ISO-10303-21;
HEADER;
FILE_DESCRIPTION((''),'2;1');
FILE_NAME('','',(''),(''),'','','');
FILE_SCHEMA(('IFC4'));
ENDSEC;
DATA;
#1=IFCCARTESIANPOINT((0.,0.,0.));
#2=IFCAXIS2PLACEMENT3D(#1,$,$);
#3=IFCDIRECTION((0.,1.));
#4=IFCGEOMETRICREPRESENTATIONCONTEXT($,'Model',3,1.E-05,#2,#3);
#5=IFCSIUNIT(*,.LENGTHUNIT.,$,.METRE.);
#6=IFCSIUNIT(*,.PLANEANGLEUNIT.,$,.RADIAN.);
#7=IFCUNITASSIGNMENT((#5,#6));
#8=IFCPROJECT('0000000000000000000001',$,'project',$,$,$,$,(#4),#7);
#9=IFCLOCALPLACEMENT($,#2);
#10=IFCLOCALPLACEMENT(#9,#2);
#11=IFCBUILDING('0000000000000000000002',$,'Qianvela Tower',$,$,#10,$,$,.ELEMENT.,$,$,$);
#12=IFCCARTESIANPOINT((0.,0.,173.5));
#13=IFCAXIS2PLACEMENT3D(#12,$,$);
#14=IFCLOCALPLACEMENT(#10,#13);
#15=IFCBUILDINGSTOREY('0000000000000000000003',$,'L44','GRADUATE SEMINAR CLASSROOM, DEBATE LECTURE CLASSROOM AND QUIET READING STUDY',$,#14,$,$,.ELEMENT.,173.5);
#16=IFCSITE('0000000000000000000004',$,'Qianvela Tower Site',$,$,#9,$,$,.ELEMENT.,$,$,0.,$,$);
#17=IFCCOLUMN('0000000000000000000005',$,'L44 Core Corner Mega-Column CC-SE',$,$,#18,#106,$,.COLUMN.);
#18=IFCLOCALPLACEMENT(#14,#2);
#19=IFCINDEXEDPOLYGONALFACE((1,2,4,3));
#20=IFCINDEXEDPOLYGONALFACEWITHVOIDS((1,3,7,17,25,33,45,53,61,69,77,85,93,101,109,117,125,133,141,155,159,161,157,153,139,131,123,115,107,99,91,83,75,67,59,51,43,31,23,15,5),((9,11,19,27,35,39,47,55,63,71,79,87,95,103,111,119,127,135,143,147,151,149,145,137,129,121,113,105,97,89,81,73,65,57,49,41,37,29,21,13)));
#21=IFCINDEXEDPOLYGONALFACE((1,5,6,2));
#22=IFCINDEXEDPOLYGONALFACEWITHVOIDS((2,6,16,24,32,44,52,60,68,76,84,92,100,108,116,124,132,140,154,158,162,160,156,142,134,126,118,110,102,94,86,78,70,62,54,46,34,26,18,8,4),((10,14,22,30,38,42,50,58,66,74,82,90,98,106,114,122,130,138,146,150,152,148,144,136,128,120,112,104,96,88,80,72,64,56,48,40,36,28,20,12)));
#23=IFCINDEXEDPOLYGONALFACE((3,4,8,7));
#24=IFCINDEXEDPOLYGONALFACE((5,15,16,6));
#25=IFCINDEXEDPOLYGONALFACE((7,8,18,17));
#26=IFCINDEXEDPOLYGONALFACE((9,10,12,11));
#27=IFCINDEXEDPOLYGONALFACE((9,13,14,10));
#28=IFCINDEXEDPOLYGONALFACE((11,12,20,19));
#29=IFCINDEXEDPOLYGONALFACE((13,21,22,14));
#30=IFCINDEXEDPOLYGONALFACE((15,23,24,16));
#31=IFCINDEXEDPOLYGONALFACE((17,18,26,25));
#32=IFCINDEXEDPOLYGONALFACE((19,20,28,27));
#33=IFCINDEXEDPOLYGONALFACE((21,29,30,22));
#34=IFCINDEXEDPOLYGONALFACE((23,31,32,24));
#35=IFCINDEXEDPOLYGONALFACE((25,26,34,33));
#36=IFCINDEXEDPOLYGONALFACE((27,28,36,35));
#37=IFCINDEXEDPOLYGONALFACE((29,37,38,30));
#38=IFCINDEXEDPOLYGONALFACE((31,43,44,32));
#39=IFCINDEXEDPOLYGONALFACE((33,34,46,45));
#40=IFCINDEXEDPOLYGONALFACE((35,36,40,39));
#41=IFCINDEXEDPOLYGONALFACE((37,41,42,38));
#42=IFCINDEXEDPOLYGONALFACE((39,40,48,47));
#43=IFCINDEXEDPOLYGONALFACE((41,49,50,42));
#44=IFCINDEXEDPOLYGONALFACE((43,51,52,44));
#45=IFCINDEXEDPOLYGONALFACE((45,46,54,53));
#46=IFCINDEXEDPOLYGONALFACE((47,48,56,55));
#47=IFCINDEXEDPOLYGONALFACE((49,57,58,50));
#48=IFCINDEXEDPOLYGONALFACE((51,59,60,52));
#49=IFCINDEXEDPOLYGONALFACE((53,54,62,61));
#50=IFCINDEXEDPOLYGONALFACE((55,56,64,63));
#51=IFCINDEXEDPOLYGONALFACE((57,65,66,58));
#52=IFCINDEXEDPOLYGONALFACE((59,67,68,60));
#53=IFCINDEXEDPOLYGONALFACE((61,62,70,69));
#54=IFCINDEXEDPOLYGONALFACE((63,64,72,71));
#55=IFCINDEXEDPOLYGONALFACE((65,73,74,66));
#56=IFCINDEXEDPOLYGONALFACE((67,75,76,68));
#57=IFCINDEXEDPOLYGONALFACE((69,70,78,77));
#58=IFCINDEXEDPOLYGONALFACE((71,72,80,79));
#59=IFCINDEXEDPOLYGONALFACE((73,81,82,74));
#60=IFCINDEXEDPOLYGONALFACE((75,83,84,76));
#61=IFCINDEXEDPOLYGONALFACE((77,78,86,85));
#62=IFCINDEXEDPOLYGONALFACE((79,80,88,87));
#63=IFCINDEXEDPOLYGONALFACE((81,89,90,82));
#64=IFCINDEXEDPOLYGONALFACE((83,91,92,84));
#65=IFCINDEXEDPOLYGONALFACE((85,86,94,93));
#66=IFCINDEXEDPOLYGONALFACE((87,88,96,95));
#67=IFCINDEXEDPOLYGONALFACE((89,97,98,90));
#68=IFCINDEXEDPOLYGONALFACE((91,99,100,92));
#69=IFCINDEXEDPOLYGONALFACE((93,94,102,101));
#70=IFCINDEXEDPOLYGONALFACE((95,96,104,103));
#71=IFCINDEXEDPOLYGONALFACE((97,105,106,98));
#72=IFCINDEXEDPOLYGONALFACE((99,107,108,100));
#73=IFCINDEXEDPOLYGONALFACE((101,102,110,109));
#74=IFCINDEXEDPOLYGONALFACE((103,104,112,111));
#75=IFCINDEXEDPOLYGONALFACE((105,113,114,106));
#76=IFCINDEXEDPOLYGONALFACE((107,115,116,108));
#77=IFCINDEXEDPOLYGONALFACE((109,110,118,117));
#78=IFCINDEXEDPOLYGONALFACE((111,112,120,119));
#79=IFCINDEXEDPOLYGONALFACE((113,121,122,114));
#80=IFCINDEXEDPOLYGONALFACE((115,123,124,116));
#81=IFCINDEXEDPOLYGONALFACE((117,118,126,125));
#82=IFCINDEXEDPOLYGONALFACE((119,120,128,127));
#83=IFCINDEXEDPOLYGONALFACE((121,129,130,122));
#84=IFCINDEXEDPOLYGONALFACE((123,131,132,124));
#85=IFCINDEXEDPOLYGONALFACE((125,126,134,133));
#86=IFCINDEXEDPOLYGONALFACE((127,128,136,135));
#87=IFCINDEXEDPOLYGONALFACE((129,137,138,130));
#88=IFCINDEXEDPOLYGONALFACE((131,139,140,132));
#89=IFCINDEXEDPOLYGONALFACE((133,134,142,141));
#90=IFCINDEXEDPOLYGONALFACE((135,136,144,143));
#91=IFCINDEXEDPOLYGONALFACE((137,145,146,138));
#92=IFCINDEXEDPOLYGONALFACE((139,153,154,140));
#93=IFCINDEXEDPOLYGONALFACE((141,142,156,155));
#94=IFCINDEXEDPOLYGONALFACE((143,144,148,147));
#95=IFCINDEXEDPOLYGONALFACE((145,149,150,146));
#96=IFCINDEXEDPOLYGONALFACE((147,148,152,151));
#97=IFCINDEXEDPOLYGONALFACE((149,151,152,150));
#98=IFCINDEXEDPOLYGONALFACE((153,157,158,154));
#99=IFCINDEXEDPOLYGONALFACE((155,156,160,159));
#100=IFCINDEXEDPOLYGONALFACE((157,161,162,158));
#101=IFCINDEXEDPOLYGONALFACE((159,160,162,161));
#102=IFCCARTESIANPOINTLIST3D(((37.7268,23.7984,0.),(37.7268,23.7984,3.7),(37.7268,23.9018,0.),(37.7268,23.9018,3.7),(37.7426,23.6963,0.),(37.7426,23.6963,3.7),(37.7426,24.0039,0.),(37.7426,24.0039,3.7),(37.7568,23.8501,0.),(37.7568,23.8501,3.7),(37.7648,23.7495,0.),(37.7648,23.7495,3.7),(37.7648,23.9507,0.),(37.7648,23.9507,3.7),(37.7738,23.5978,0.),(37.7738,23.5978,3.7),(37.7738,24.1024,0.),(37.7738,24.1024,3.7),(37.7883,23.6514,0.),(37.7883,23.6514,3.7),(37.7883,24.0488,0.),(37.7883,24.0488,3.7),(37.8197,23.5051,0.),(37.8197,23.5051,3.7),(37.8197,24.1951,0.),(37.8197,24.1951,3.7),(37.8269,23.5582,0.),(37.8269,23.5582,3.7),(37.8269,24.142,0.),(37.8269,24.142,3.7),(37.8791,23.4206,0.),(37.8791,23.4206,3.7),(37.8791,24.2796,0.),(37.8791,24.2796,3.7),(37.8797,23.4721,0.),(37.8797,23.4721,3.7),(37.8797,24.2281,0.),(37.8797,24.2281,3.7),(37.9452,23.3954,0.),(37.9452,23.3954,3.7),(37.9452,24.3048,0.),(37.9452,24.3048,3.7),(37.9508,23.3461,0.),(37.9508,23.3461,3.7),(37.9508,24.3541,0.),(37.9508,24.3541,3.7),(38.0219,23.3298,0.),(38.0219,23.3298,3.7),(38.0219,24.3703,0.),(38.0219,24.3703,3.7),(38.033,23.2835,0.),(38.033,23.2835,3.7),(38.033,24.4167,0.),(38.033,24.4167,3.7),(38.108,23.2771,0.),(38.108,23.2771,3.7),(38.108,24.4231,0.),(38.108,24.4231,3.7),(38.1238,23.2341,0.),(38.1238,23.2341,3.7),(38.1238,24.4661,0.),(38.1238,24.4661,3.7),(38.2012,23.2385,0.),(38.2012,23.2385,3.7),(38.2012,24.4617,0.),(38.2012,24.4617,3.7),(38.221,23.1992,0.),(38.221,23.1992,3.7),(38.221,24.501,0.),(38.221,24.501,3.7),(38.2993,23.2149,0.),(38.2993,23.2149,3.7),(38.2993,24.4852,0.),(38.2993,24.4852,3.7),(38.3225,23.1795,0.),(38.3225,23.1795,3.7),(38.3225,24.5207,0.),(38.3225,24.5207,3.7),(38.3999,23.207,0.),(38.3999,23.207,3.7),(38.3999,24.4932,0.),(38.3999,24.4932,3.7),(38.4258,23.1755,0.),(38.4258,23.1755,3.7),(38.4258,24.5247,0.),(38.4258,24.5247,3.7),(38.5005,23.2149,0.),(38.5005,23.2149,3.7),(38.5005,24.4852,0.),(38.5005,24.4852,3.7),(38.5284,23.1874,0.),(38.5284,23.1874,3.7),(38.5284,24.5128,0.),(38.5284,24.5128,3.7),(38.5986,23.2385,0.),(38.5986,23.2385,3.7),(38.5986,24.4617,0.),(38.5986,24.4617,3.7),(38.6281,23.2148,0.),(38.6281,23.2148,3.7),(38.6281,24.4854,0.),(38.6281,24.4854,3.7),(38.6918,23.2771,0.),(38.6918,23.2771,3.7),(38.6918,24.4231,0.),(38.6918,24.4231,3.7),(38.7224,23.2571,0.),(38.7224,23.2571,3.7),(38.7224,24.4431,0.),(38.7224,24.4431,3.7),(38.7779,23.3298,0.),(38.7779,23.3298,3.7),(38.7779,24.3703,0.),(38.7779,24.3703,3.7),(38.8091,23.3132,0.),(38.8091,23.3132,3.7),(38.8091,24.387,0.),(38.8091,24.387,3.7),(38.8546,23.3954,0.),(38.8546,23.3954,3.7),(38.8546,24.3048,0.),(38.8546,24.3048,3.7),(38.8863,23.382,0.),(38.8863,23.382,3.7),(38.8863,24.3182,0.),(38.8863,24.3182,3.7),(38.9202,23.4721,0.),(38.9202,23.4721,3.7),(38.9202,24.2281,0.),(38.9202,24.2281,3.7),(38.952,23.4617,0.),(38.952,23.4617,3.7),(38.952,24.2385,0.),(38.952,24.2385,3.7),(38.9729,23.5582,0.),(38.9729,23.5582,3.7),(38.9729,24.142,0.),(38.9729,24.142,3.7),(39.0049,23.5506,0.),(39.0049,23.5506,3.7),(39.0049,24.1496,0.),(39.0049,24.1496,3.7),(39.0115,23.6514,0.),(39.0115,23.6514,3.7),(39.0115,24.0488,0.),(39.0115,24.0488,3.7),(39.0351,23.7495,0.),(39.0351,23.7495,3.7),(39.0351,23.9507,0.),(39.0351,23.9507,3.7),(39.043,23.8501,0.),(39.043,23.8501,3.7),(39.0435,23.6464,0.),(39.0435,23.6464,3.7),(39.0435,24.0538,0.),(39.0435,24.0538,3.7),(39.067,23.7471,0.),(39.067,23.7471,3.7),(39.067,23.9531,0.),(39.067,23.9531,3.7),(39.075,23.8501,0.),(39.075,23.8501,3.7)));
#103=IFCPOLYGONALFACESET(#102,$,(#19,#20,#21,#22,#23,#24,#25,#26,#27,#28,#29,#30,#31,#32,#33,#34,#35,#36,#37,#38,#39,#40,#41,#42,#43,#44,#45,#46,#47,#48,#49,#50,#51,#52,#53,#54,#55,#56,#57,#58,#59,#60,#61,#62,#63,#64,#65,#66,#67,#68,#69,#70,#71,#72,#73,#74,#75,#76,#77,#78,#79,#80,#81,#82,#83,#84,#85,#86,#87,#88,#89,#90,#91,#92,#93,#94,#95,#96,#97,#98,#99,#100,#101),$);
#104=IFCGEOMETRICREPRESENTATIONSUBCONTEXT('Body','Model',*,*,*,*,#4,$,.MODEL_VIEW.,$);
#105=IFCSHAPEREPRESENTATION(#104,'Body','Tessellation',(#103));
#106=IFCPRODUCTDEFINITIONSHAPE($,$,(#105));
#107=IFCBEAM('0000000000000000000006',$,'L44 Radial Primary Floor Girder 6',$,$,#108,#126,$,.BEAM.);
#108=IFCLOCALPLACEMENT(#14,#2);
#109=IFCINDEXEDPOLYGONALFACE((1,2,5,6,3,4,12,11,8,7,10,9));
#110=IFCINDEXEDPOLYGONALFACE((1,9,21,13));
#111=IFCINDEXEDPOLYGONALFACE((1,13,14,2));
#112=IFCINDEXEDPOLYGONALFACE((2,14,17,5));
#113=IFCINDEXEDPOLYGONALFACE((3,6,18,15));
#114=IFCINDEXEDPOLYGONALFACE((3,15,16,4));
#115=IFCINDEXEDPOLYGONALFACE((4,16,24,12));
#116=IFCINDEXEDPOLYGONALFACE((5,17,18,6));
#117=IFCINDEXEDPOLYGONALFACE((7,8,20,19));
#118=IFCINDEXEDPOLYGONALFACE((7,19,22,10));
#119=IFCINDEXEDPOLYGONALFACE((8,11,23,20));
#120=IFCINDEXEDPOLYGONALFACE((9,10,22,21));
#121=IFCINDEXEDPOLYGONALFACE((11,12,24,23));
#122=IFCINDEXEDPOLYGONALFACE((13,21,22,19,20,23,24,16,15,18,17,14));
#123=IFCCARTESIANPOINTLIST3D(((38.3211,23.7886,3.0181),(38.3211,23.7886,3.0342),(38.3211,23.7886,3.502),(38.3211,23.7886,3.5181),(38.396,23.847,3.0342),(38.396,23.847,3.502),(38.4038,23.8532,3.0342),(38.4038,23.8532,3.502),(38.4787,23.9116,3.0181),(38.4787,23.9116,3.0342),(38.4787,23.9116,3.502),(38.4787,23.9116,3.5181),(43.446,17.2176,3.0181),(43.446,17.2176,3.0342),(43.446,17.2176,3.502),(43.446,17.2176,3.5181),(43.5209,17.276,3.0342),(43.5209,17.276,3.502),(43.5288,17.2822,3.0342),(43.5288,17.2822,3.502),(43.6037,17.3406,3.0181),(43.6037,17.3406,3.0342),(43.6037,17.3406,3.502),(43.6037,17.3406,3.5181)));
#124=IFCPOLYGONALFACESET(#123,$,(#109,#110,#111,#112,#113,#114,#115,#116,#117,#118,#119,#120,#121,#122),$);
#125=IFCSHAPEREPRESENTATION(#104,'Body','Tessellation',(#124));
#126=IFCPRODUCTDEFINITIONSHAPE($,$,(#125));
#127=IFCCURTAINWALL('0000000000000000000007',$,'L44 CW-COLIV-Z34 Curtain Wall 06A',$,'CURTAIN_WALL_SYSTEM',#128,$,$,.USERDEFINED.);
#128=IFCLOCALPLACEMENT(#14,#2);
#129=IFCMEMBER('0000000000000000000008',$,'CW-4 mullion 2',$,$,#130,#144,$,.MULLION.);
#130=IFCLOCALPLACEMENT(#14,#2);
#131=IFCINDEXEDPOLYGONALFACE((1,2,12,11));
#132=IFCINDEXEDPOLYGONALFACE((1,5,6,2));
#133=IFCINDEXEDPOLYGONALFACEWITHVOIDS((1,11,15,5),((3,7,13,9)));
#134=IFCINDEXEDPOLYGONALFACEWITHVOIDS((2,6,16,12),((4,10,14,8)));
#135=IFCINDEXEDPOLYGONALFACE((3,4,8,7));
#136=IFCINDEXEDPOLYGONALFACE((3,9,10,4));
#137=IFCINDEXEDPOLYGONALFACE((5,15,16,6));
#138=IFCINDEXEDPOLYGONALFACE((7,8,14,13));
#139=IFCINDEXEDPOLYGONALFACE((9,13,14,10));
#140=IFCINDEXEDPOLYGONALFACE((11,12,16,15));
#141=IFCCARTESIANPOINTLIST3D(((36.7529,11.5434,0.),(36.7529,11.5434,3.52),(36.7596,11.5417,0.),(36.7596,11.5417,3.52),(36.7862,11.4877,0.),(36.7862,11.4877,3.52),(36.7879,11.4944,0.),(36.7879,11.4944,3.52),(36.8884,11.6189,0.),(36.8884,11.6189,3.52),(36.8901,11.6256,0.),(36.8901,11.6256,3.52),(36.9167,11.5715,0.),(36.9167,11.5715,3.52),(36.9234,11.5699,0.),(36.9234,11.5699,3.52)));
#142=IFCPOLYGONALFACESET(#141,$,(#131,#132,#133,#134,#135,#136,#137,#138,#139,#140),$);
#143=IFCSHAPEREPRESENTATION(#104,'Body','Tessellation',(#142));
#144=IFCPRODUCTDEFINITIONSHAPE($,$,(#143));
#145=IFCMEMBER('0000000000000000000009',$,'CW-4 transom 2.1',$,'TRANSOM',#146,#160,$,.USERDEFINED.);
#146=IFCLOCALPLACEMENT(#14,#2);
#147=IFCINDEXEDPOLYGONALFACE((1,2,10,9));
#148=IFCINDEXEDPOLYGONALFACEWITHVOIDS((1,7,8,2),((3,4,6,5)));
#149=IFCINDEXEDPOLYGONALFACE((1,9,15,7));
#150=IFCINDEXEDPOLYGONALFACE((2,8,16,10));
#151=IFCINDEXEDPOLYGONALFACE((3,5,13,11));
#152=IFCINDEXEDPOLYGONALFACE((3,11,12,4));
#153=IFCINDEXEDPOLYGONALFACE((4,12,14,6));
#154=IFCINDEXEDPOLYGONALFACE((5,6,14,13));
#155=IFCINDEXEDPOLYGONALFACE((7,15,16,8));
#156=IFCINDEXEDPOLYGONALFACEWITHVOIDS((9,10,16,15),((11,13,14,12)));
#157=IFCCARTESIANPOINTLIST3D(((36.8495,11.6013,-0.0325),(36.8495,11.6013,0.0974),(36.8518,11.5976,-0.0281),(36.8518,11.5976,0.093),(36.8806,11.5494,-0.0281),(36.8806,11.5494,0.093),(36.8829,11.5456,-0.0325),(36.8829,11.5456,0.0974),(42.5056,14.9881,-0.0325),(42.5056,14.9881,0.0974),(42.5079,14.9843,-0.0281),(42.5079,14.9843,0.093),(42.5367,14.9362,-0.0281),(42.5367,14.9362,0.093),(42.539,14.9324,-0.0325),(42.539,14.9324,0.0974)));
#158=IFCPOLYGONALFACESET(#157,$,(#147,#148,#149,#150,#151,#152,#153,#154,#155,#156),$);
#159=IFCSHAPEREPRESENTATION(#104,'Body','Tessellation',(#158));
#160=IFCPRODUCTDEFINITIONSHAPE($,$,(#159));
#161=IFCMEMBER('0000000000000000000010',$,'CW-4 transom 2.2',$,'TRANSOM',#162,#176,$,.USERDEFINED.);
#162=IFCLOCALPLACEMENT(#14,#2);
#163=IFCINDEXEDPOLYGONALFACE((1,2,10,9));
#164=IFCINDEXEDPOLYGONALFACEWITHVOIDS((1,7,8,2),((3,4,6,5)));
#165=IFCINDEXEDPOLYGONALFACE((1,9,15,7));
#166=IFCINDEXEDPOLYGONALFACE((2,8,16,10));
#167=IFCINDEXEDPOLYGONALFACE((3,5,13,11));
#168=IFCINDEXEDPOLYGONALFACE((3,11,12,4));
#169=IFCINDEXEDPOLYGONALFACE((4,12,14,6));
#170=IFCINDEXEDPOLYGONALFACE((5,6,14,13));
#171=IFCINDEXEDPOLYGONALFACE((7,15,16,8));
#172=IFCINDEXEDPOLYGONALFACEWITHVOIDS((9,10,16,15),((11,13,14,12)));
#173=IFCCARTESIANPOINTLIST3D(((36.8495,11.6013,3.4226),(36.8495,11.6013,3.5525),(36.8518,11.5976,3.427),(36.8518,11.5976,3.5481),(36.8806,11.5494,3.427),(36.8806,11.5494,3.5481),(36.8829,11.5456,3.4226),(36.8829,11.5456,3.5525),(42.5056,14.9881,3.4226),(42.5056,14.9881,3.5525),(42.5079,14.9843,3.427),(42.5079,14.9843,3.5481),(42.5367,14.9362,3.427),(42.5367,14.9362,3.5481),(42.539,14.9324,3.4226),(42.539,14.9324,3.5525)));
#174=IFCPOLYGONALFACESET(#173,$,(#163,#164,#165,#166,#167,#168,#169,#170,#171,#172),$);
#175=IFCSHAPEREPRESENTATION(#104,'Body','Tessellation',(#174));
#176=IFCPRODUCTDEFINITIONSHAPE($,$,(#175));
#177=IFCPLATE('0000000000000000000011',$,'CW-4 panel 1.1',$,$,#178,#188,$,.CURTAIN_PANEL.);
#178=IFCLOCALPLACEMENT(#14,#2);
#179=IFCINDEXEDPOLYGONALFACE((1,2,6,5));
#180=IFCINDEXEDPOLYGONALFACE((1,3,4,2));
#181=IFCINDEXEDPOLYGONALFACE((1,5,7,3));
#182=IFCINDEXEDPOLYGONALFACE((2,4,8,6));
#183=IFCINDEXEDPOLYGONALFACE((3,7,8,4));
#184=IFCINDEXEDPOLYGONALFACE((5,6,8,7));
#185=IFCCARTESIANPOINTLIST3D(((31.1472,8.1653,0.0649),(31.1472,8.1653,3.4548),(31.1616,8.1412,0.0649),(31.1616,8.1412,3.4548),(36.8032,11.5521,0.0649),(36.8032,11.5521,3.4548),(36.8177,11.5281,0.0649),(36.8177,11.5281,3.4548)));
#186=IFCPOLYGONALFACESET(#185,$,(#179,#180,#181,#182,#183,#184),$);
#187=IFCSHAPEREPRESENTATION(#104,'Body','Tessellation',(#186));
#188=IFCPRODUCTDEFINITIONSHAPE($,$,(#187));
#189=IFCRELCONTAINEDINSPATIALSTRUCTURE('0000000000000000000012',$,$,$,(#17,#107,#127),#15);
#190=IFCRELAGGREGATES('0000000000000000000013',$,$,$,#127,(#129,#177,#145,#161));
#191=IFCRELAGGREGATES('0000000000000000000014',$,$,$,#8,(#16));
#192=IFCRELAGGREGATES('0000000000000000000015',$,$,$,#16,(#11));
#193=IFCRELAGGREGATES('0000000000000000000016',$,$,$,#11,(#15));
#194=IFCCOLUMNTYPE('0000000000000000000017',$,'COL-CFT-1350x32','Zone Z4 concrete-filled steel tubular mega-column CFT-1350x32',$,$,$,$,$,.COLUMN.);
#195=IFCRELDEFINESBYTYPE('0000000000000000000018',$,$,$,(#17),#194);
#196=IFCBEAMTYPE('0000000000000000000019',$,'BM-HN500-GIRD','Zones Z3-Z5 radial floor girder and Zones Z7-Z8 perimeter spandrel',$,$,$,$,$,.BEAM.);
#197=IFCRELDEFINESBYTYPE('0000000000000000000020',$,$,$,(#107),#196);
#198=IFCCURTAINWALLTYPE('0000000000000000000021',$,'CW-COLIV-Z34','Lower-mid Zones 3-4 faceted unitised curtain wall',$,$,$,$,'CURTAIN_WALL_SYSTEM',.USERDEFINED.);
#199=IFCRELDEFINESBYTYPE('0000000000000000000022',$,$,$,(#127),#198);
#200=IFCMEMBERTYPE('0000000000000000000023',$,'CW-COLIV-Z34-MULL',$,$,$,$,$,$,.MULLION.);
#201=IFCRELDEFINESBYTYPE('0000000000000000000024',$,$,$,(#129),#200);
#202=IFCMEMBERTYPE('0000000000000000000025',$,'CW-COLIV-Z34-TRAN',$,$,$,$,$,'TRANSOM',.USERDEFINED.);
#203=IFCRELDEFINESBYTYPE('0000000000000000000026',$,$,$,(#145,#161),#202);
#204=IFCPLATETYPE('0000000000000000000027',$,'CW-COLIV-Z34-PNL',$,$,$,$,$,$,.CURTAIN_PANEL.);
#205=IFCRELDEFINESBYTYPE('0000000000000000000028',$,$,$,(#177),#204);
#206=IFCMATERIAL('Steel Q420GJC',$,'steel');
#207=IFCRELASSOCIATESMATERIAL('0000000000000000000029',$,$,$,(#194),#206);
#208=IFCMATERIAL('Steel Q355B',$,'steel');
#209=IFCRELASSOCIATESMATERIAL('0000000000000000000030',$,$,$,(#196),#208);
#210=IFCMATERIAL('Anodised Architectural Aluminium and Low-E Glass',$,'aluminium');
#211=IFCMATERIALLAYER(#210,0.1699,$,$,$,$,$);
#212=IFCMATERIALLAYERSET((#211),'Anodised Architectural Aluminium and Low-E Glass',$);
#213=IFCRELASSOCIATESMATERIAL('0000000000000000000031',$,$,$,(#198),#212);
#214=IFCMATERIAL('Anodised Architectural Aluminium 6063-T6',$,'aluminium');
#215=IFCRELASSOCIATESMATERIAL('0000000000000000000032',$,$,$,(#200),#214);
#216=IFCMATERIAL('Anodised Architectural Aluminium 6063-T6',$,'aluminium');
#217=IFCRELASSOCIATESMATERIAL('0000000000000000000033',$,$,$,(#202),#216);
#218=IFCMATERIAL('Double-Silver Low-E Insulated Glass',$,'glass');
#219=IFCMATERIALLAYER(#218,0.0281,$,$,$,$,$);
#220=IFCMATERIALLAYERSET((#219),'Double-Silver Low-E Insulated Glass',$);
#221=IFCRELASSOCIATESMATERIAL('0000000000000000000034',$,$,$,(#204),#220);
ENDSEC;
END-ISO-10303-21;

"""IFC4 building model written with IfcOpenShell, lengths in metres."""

from ifc_helpers import new_model, si_unit, direction, frame, origin, origin_2d, place, context, subcontext, project, spatial, rectangle, hollow_rectangle, hollow_circle, i_section, extrude, material, layer, layer_set, material_profile, profile_set, type_object, element, aggregate, save


model = new_model("IFC4")

# Units and contexts
model_context = context("Model", 3, precision=1e-05, world=origin(), true_north=direction((0.0, 1.0)))
body_context = subcontext(model_context, "Body", "Model", "MODEL_VIEW")
ifc_project = project(units=[si_unit("LENGTHUNIT", "METRE"), si_unit("PLANEANGLEUNIT", "RADIAN")], contexts=[model_context])

# Site, building, storey
site_placement = place(None, origin())
site = spatial("IfcSite", under=ifc_project, at=site_placement, Name="Qianvela Tower Site", CompositionType="ELEMENT", RefElevation=0.0)
building_placement = place(site_placement, origin())
building = spatial("IfcBuilding", under=site, at=building_placement, Name="Qianvela Tower", CompositionType="ELEMENT")
storey_placement = place(building_placement, frame((0.0, 0.0, 173.5)))
storey = spatial("IfcBuildingStorey", under=building, at=storey_placement, Name="L44", Description="GRADUATE SEMINAR CLASSROOM, DEBATE LECTURE CLASSROOM AND QUIET READING STUDY", CompositionType="ELEMENT", Elevation=173.5)

# Column
ifc_material_1 = material(Name="Steel Q420GJC", Category="steel")
ifc_material_profile_1 = material_profile(ifc_material_1, hollow_circle(Radius=0.675, WallThickness=0.032, at=origin_2d()), Name="CFT-1350x32")
ifc_profile_set_1 = profile_set([ifc_material_profile_1], Name="Steel Q420GJC")
column_type = type_object("IfcColumnType", Name="COL-CFT-1350x32", Description="Zone Z4 concrete-filled steel tubular mega-column CFT-1350x32", PredefinedType="COLUMN", material=ifc_profile_set_1)
column_placement = place(storey_placement, frame((38.3999, 23.8501, 0.0), z_axis=(0.0, 0.0, 1.0), x_axis=(1.0, 0.0, 0.0)))
element("IfcColumn", 1, at=column_placement, inside=storey, type_object=column_type, Name="L44 Core Corner Mega-Column CC-SE", PredefinedType="COLUMN", context=body_context, shape_type="SweptSolid", body=[
    extrude(hollow_circle(Radius=0.675, WallThickness=0.032, at=origin_2d()), origin(), (0.0, 0.0, 1.0), 3.7),
])

# Beam
ifc_material_2 = material(Name="Steel Q355B", Category="steel")
ifc_material_profile_2 = material_profile(ifc_material_2, i_section(OverallWidth=0.2, OverallDepth=0.5, WebThickness=0.01, FlangeThickness=0.0161, at=origin_2d()), Name="HN500x200x10x16")
ifc_profile_set_2 = profile_set([ifc_material_profile_2], Name="Steel Q355B")
beam_type = type_object("IfcBeamType", Name="BM-HN500-GIRD", Description="Zones Z3-Z5 radial floor girder and Zones Z7-Z8 perimeter spandrel", PredefinedType="BEAM", material=ifc_profile_set_2)
beam_placement = place(storey_placement, frame((38.3999, 23.8501, 3.2681), z_axis=(0.615001, -0.788526, 0.0), x_axis=(0.788526, 0.615001, 0.0)))
element("IfcBeam", 2, at=beam_placement, inside=storey, type_object=beam_type, Name="L44 Radial Primary Floor Girder 6", PredefinedType="BEAM", context=body_context, shape_type="SweptSolid", body=[
    extrude(i_section(OverallWidth=0.2, OverallDepth=0.5, WebThickness=0.01, FlangeThickness=0.0161, at=origin_2d()), origin(), (0.0, 0.0, 1.0), 8.3333),
])

# Curtain wall, members, plate
ifc_material_3 = material(Name="Anodised Architectural Aluminium and Low-E Glass", Category="aluminium")
ifc_layer_1 = layer(ifc_material_3, 0.1699)
ifc_layer_set_1 = layer_set([ifc_layer_1], Name="Anodised Architectural Aluminium and Low-E Glass")
curtain_wall_type = type_object("IfcCurtainWallType", Name="CW-COLIV-Z34", Description="Lower-mid Zones 3-4 faceted unitised curtain wall", ElementType="CURTAIN_WALL_SYSTEM", PredefinedType="USERDEFINED", material=ifc_layer_set_1)
curtain_wall_placement = place(storey_placement, origin())
curtain_wall = element("IfcCurtainWall", 3, at=curtain_wall_placement, inside=storey, type_object=curtain_wall_type, Name="L44 CW-COLIV-Z34 Curtain Wall 06A", ObjectType="CURTAIN_WALL_SYSTEM", PredefinedType="USERDEFINED")
ifc_material_4 = material(Name="Anodised Architectural Aluminium 6063-T6", Category="aluminium")
ifc_material_profile_3 = material_profile(ifc_material_4, hollow_rectangle(XDim=0.0649, YDim=0.1599, WallThickness=0.0049, at=origin_2d()), Name="ALU-MULL-65x160")
ifc_profile_set_3 = profile_set([ifc_material_profile_3], Name="Anodised Architectural Aluminium 6063-T6")
member_type_1 = type_object("IfcMemberType", Name="CW-COLIV-Z34-MULL", PredefinedType="MULLION", material=ifc_profile_set_3)
member_1_placement = place(storey_placement, frame((36.8381, 11.5566, 0.0), z_axis=(0.0, 0.0, 1.0), x_axis=(-0.513738, 0.857947, 0.0)))
member_1 = element("IfcMember", 4, at=member_1_placement, type_object=member_type_1, Name="CW-4 mullion 2", PredefinedType="MULLION", context=body_context, shape_type="SweptSolid", body=[
    extrude(hollow_rectangle(XDim=0.0649, YDim=0.1599, WallThickness=0.0049, at=origin_2d()), origin(), (0.0, 0.0, 1.0), 3.52),
])
ifc_material_5 = material(Name="Anodised Architectural Aluminium 6063-T6", Category="aluminium")
ifc_material_profile_4 = material_profile(ifc_material_5, hollow_rectangle(XDim=0.0649, YDim=0.1299, WallThickness=0.0044, at=origin_2d()), Name="ALU-TRAN-65x130")
ifc_profile_set_4 = profile_set([ifc_material_profile_4], Name="Anodised Architectural Aluminium 6063-T6")
member_type_2 = type_object("IfcMemberType", Name="CW-COLIV-Z34-TRAN", ElementType="TRANSOM", PredefinedType="USERDEFINED", material=ifc_profile_set_4)
member_2_placement = place(storey_placement, frame((36.8662, 11.5735, 0.0325), z_axis=(0.857953, 0.513728, 0.0), x_axis=(-0.513728, 0.857953, 0.0)))
member_2 = element("IfcMember", 5, at=member_2_placement, type_object=member_type_2, Name="CW-4 transom 2.1", ObjectType="TRANSOM", PredefinedType="USERDEFINED", context=body_context, shape_type="SweptSolid", body=[
    extrude(hollow_rectangle(XDim=0.0649, YDim=0.1299, WallThickness=0.0044, at=origin_2d()), origin(), (0.0, 0.0, 1.0), 6.5925),
])
member_3_placement = place(storey_placement, frame((36.8662, 11.5735, 3.4875), z_axis=(0.857953, 0.513728, 0.0), x_axis=(-0.513728, 0.857953, 0.0)))
member_3 = element("IfcMember", 6, at=member_3_placement, type_object=member_type_2, Name="CW-4 transom 2.2", ObjectType="TRANSOM", PredefinedType="USERDEFINED", context=body_context, shape_type="SweptSolid", body=[
    extrude(hollow_rectangle(XDim=0.0649, YDim=0.1299, WallThickness=0.0044, at=origin_2d()), origin(), (0.0, 0.0, 1.0), 6.5925),
])
ifc_material_6 = material(Name="Double-Silver Low-E Insulated Glass", Category="glass")
ifc_layer_2 = layer(ifc_material_6, 0.0281)
ifc_layer_set_2 = layer_set([ifc_layer_2], Name="Double-Silver Low-E Insulated Glass")
plate_type = type_object("IfcPlateType", Name="CW-COLIV-Z34-PNL", PredefinedType="CURTAIN_PANEL", material=ifc_layer_set_2)
plate_1_placement = place(storey_placement, frame((33.9824, 9.8467, 0.0649), z_axis=(0.0, 0.0, 1.0), x_axis=(0.857947, 0.513738, 0.0)))
plate_1 = element("IfcPlate", 7, at=plate_1_placement, type_object=plate_type, Name="CW-4 panel 1.1", PredefinedType="CURTAIN_PANEL", context=body_context, shape_type="SweptSolid", body=[
    extrude(rectangle(XDim=6.5925, YDim=0.0281, at=origin_2d()), origin(), (0.0, 0.0, 1.0), 3.3899),
])
aggregate(curtain_wall, [member_1, plate_1, member_2, member_3])

save(model, "model.ifc")
